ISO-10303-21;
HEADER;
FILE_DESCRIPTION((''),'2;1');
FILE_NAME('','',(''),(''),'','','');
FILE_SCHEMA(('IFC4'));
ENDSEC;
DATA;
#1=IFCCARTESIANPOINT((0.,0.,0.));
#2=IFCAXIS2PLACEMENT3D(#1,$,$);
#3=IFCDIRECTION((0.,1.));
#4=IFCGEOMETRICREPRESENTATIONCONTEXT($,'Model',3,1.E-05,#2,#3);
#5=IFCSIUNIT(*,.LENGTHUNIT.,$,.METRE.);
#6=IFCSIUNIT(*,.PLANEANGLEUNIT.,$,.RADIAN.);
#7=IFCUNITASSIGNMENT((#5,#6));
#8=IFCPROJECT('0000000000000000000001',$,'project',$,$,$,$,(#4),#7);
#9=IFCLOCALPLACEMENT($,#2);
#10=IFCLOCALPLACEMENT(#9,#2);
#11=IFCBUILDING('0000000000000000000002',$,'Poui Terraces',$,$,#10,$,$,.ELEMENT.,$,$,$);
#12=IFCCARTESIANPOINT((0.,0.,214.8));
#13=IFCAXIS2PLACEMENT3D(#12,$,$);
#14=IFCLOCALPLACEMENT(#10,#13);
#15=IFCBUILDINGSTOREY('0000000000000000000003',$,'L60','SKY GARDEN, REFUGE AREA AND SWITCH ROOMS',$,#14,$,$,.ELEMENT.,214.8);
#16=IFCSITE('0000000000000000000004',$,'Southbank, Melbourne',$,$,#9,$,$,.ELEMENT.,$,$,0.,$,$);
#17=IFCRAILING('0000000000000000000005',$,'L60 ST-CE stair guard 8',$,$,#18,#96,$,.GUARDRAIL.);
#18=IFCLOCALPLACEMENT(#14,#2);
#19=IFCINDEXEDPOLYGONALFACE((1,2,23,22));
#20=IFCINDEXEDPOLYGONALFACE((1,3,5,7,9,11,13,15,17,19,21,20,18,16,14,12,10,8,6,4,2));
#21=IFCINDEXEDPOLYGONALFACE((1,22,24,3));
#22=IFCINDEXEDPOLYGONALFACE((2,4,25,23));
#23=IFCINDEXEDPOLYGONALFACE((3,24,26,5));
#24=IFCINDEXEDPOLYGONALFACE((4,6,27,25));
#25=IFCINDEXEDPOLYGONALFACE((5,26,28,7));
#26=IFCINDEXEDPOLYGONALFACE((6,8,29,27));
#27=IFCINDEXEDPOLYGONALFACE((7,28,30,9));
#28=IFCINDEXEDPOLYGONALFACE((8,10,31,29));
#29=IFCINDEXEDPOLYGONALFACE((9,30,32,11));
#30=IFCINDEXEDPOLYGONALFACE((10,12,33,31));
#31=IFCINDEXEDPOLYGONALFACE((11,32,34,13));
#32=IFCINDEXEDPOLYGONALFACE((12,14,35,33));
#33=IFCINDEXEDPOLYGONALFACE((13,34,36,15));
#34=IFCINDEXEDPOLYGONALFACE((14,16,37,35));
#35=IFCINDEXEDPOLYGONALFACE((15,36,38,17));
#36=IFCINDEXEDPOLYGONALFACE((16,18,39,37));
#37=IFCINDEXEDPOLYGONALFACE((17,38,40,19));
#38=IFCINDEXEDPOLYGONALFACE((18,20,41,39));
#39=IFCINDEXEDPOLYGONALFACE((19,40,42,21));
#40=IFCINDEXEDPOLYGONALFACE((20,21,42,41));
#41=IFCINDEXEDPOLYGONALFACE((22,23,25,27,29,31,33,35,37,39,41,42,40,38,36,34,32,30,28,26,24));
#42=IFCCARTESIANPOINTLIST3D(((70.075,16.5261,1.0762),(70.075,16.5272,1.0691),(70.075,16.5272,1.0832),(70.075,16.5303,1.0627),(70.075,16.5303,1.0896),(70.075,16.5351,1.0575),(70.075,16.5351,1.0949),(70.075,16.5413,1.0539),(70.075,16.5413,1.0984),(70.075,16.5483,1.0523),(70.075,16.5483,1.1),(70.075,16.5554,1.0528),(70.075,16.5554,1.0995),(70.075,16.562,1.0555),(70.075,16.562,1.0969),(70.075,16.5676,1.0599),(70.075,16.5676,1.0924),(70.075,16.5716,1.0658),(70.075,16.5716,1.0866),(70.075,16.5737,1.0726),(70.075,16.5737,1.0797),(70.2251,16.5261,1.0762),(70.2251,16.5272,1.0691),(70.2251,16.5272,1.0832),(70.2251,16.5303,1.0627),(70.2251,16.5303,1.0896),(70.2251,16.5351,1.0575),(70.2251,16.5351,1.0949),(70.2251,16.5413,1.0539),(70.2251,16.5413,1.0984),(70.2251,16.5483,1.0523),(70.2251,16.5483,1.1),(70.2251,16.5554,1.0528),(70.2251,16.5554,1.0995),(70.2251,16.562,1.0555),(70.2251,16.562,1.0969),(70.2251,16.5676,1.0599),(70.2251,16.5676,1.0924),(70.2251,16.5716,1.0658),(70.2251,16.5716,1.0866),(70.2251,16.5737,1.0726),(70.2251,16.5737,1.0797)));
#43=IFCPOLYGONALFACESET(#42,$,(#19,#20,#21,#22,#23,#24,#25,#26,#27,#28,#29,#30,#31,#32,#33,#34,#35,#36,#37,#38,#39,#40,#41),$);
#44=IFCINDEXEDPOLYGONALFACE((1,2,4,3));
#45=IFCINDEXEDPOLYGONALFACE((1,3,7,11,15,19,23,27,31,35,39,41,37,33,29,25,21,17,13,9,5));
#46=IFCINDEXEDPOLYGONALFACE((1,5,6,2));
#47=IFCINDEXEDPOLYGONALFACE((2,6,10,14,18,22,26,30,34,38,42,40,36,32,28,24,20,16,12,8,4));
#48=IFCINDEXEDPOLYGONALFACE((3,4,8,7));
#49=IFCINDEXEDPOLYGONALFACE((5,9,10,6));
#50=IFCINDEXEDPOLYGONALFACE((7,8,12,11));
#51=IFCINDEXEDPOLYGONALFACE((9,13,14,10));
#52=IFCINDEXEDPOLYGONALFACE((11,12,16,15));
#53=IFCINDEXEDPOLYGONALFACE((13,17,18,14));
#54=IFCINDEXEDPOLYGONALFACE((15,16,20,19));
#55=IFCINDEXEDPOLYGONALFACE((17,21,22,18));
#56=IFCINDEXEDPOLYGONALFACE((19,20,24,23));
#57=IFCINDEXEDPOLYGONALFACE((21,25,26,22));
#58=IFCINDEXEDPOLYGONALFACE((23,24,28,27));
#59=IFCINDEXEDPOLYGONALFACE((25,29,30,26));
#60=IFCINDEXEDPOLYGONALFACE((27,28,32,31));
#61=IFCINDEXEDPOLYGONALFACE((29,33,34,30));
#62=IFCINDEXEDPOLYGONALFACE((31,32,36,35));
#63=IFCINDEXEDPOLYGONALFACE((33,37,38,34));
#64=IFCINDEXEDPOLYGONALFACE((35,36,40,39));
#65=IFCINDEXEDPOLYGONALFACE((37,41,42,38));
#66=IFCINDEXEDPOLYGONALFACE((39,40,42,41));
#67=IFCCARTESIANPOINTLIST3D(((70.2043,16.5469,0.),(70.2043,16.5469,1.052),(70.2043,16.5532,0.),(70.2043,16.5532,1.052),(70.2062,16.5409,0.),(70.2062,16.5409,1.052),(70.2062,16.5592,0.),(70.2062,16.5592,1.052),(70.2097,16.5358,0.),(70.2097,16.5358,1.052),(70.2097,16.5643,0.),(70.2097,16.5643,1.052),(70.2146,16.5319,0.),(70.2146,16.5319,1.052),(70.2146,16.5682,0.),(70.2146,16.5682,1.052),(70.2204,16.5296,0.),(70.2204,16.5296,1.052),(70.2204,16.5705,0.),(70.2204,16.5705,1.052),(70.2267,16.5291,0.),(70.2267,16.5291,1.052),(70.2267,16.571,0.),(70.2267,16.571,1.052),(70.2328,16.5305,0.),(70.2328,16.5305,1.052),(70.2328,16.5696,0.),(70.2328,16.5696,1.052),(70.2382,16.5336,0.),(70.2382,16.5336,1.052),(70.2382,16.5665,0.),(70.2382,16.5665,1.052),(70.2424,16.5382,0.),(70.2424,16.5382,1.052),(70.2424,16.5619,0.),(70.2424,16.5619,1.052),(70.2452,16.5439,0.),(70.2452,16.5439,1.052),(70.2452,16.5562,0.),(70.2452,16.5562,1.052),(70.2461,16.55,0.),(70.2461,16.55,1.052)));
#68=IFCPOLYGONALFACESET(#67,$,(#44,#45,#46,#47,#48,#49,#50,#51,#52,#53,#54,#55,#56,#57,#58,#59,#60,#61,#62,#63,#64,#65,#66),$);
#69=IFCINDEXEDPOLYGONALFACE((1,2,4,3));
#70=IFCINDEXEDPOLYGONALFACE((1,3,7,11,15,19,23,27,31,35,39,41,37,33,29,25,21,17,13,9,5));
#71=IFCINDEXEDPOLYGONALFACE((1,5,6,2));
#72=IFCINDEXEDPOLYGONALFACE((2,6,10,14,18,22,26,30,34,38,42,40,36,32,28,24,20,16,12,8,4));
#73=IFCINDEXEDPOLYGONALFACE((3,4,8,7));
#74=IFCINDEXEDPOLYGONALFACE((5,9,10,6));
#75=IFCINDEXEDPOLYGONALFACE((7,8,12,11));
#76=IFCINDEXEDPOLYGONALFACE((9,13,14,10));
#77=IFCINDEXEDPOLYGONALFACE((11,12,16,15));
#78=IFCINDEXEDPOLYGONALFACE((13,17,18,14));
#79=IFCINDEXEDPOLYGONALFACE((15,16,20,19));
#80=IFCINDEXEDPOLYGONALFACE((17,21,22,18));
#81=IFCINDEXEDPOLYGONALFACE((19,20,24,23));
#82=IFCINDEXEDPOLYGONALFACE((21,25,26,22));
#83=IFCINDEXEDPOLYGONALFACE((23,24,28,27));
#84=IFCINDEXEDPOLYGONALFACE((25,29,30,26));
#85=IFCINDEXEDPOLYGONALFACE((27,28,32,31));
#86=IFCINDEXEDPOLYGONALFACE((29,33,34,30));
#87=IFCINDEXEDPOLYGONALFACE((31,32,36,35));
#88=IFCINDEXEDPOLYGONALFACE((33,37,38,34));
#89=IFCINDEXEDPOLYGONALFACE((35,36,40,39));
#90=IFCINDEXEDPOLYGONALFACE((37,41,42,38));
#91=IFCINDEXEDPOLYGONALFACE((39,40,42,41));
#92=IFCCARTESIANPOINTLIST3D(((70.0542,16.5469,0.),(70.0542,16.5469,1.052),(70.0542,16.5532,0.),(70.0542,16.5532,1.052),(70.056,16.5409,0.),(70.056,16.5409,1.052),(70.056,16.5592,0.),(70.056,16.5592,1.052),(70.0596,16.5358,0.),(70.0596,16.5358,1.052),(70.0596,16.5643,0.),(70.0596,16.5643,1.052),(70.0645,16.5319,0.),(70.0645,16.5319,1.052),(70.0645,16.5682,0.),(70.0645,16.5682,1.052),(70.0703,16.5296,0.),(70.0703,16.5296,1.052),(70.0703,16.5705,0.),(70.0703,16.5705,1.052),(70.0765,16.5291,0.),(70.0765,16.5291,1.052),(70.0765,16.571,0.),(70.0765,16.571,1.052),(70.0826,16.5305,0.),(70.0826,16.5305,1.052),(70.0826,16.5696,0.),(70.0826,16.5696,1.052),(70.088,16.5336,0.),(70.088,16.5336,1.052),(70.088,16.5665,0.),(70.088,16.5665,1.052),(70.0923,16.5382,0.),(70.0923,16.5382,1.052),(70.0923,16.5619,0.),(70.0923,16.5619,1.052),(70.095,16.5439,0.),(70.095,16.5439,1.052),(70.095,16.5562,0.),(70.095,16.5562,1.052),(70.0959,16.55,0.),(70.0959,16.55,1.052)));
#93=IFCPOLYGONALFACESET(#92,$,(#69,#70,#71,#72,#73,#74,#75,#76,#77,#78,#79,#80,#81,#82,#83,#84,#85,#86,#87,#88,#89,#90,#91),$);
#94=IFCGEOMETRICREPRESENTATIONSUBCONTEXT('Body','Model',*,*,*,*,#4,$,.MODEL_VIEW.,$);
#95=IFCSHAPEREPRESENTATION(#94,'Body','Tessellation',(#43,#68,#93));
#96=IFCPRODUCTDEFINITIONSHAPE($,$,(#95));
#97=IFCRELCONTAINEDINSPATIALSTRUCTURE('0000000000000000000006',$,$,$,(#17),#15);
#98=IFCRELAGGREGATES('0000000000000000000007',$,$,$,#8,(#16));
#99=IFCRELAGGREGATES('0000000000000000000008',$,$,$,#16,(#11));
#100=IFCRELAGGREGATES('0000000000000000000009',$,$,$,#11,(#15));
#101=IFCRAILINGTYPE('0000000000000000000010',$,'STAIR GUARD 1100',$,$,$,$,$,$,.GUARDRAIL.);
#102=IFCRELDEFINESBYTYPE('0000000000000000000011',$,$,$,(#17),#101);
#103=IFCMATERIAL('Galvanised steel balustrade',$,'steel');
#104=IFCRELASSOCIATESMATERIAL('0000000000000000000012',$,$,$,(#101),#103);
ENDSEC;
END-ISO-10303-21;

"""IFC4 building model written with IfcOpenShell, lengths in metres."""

from ifc_helpers import new_model, si_unit, direction, frame, origin, origin_2d, place, context, subcontext, project, spatial, circle, extrude, material, type_object, element, save


model = new_model("IFC4")

# Units and contexts
model_context = context("Model", 3, precision=1e-05, world=origin(), true_north=direction((0.0, 1.0)))
body_context = subcontext(model_context, "Body", "Model", "MODEL_VIEW")
ifc_project = project(units=[si_unit("LENGTHUNIT", "METRE"), si_unit("PLANEANGLEUNIT", "RADIAN")], contexts=[model_context])

# Site, building, storey
site_placement = place(None, origin())
site = spatial("IfcSite", under=ifc_project, at=site_placement, Name="Southbank, Melbourne", CompositionType="ELEMENT", RefElevation=0.0)
building_placement = place(site_placement, origin())
building = spatial("IfcBuilding", under=site, at=building_placement, Name="Poui Terraces", CompositionType="ELEMENT")
storey_placement = place(building_placement, frame((0.0, 0.0, 214.8)))
storey = spatial("IfcBuildingStorey", under=building, at=storey_placement, Name="L60", Description="SKY GARDEN, REFUGE AREA AND SWITCH ROOMS", CompositionType="ELEMENT", Elevation=214.8)

# Railing
ifc_material_1 = material(Name="Galvanised steel balustrade", Category="steel")
railing_type_1 = type_object("IfcRailingType", Name="STAIR GUARD 1100", PredefinedType="GUARDRAIL", material=ifc_material_1)
railing_1_placement = place(storey_placement, frame((70.2251, 16.55, 0.0)))
element("IfcRailing", 1, at=railing_1_placement, inside=storey, type_object=railing_type_1, Name="L60 ST-CE stair guard 8", PredefinedType="GUARDRAIL", context=body_context, shape_type="SweptSolid", body=[
    extrude(circle(Radius=0.0239, at=origin_2d()), frame((0.0, 0.0, 1.0762), z_axis=(-1.0, 0.0, 0.0), x_axis=(0.0, -1.0, 0.0)), (0.0, 0.0, 1.0), 0.1501),
    extrude(circle(Radius=0.021, at=origin_2d()), origin(), (0.0, 0.0, 1.0), 1.052),
    extrude(circle(Radius=0.021, at=origin_2d()), frame((-0.1501, 0.0, 0.0)), (0.0, 0.0, 1.0), 1.052),
])

save(model, "model.ifc")
